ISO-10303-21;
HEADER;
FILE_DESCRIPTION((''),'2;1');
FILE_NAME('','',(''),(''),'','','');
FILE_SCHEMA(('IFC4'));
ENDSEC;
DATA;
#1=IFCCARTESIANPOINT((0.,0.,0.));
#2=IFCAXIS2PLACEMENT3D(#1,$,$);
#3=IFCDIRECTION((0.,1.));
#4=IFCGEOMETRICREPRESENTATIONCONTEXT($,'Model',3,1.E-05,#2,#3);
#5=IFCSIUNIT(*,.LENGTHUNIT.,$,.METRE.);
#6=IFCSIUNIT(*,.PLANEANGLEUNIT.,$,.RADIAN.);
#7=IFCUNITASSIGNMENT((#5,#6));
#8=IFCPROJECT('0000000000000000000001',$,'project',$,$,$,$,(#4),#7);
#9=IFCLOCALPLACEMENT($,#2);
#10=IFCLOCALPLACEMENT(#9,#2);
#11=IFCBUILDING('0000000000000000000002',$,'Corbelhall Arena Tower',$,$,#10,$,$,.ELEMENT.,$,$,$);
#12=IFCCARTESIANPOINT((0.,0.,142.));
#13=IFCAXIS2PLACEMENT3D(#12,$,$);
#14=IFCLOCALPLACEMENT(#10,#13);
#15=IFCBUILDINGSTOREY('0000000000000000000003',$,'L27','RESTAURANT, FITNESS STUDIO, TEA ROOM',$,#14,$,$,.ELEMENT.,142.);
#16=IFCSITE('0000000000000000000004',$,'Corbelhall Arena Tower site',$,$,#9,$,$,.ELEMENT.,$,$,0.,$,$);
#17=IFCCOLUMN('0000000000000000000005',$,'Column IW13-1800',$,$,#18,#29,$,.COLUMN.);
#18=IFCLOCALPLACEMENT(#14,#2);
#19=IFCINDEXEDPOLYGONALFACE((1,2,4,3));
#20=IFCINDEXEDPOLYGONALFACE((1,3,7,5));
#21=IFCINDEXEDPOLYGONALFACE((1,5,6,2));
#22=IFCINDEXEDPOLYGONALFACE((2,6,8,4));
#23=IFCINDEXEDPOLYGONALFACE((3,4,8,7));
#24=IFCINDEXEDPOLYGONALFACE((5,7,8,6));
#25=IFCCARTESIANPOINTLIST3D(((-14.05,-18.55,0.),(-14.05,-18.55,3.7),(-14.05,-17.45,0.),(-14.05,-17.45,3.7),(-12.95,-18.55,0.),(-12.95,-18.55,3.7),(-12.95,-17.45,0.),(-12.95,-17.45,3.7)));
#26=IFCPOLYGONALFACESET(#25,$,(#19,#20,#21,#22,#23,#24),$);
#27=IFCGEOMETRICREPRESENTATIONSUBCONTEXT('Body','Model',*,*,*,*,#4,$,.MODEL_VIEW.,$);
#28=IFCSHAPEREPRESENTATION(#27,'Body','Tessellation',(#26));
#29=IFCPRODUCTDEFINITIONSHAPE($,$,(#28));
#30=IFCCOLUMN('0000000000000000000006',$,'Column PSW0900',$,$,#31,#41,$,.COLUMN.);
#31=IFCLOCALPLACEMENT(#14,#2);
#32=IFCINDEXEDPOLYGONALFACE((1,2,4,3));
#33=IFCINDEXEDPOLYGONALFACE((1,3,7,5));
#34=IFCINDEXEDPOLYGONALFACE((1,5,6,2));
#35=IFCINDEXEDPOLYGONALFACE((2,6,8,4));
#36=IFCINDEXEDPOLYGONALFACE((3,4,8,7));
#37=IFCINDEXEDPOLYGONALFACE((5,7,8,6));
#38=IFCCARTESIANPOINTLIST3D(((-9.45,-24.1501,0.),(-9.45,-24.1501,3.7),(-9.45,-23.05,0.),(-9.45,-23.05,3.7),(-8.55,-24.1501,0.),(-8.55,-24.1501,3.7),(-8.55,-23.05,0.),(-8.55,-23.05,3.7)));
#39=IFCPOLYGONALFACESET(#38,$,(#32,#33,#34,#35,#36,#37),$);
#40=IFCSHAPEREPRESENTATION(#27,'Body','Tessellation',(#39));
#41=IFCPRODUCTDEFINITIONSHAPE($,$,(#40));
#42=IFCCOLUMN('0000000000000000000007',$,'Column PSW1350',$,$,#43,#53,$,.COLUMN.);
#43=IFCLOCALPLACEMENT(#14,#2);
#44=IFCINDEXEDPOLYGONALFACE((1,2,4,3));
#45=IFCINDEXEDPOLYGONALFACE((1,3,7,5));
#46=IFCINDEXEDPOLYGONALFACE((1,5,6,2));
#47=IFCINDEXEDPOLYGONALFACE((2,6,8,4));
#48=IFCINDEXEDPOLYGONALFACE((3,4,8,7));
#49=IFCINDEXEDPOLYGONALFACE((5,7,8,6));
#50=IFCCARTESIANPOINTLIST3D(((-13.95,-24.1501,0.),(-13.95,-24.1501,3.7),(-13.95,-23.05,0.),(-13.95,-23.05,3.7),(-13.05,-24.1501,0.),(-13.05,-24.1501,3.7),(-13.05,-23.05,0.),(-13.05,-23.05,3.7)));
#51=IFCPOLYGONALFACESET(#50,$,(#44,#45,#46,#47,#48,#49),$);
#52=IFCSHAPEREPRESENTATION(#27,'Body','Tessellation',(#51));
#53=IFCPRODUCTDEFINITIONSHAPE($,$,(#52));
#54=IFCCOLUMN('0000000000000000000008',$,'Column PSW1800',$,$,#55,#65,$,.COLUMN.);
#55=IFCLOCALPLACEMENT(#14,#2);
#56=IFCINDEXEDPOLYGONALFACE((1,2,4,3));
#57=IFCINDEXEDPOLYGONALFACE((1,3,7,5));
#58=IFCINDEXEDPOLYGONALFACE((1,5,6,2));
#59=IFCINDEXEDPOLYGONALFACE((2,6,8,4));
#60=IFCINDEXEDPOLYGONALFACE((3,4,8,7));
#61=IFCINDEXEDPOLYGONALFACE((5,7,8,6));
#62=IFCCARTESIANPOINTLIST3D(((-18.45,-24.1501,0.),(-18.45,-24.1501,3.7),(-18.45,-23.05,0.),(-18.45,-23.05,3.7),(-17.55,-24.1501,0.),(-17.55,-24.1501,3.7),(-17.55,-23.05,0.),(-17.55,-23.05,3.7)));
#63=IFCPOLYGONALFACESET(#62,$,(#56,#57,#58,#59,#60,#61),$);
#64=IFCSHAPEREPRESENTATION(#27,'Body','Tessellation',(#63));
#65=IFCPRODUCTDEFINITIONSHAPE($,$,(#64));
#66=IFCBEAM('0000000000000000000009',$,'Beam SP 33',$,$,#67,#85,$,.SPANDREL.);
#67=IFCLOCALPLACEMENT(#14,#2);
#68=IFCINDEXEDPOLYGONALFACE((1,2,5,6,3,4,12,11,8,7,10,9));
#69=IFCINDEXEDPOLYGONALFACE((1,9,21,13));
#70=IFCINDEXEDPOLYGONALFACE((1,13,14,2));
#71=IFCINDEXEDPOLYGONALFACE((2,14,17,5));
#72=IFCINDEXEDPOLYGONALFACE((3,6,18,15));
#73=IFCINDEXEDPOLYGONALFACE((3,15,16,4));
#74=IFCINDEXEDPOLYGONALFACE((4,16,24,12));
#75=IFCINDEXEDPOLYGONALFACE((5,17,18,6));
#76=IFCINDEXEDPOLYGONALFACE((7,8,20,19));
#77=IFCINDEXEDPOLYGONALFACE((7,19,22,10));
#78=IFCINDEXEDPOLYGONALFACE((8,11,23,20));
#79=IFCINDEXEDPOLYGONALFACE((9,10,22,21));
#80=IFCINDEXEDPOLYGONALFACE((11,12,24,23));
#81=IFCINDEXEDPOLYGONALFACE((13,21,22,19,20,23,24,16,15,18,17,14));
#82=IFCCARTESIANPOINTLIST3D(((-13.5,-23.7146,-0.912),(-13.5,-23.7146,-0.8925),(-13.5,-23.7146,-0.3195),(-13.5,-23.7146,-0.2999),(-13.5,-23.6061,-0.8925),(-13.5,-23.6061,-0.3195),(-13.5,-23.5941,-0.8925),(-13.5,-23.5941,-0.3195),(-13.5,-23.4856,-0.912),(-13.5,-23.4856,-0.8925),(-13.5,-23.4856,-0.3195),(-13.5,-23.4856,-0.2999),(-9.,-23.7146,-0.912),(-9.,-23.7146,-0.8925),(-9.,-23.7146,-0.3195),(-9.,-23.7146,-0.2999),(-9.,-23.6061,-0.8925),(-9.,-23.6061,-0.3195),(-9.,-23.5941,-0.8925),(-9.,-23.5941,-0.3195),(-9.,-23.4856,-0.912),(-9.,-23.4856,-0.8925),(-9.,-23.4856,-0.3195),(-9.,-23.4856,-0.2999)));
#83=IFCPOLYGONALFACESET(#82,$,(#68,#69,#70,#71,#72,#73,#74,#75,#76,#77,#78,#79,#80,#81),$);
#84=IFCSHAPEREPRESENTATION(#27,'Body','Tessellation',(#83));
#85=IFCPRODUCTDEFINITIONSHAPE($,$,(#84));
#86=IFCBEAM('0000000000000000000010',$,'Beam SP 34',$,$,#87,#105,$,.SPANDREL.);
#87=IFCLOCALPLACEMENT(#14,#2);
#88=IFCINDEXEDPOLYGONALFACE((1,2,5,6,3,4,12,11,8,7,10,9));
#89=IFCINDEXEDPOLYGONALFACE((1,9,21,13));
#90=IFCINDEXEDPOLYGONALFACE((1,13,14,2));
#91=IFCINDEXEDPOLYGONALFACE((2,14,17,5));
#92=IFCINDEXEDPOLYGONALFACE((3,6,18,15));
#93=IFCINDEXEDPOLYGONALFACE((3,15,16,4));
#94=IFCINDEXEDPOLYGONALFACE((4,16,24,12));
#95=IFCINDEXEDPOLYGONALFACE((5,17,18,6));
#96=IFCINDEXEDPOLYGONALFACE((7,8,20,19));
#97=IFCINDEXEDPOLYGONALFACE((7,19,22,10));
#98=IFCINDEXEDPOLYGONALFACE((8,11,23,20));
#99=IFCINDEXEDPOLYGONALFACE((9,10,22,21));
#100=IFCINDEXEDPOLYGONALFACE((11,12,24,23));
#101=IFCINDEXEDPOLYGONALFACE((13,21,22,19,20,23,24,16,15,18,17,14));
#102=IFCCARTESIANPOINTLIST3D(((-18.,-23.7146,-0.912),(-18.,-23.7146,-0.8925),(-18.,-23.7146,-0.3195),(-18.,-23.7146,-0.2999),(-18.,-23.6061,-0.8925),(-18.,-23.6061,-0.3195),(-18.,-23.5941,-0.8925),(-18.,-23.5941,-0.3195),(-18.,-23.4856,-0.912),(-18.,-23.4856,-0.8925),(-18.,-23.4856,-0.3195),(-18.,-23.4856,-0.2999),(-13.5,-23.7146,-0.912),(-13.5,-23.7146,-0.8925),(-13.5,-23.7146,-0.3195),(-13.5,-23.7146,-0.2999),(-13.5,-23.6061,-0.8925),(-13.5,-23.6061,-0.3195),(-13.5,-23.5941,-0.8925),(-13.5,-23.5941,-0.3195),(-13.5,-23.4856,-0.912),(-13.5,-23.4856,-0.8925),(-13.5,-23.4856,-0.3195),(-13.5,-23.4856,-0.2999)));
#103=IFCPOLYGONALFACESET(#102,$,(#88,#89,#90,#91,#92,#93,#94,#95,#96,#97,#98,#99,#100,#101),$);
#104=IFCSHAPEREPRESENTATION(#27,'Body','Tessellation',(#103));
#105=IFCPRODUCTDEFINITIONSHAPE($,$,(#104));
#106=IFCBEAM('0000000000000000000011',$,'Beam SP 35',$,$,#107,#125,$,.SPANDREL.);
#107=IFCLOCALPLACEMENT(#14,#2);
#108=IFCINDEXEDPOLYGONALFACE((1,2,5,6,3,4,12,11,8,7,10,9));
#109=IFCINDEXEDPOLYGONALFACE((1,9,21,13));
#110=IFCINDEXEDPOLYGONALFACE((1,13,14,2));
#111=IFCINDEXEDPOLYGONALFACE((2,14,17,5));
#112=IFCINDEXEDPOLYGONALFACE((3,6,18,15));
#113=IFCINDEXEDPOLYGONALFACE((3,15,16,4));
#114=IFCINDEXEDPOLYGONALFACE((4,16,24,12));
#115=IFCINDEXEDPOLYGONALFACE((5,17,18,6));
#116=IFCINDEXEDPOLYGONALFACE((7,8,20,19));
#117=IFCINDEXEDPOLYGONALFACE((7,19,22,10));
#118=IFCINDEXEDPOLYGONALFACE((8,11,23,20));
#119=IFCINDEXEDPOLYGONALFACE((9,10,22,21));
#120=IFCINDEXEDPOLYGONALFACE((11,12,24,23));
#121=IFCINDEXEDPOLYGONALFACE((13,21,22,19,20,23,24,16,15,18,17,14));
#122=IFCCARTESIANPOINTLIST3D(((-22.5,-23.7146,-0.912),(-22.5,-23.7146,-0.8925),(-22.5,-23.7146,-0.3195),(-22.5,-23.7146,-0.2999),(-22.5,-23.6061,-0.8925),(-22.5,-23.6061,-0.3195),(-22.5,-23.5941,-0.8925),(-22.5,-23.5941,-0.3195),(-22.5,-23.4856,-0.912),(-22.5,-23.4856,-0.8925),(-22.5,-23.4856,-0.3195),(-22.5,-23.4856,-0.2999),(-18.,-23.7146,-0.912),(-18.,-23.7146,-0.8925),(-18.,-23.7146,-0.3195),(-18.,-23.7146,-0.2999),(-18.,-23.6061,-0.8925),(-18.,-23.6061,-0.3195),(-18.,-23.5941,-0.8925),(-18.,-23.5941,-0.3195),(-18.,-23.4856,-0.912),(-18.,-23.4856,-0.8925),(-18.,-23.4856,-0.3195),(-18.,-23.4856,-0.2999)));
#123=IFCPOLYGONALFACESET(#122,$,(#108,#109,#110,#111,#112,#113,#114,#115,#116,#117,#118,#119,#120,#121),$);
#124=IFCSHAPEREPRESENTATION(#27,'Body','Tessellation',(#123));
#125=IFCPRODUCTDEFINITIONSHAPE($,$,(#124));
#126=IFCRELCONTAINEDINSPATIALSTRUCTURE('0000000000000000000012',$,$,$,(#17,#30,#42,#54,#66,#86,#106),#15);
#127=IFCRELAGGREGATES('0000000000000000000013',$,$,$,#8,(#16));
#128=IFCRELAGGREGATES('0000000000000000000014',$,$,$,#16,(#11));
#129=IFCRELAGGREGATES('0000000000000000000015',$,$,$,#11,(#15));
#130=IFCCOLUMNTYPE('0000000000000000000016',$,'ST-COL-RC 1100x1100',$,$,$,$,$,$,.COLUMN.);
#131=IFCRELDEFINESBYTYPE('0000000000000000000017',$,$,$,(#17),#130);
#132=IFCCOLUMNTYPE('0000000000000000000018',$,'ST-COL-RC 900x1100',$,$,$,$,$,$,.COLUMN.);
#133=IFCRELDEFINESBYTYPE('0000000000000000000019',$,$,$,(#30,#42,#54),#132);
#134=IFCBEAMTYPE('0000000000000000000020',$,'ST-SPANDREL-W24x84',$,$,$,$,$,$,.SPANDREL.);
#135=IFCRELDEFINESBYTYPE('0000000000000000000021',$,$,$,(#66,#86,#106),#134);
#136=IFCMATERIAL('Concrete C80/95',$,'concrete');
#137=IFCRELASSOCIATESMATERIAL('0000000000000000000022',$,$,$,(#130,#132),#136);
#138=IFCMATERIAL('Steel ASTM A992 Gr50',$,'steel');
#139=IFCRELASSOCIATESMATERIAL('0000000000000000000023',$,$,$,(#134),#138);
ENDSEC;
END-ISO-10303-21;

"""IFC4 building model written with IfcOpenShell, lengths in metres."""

from ifc_helpers import new_model, si_unit, direction, frame, origin, origin_2d, place, context, subcontext, project, spatial, rectangle, i_section, extrude, material, material_profile, profile_set, type_object, element, save


model = new_model("IFC4")

# Units and contexts
model_context = context("Model", 3, precision=1e-05, world=origin(), true_north=direction((0.0, 1.0)))
body_context = subcontext(model_context, "Body", "Model", "MODEL_VIEW")
ifc_project = project(units=[si_unit("LENGTHUNIT", "METRE"), si_unit("PLANEANGLEUNIT", "RADIAN")], contexts=[model_context])

# Site, building, storey
site_placement = place(None, origin())
site = spatial("IfcSite", under=ifc_project, at=site_placement, Name="Corbelhall Arena Tower site", CompositionType="ELEMENT", RefElevation=0.0)
building_placement = place(site_placement, origin())
building = spatial("IfcBuilding", under=site, at=building_placement, Name="Corbelhall Arena Tower", CompositionType="ELEMENT")
storey_placement = place(building_placement, frame((0.0, 0.0, 142.0)))
storey = spatial("IfcBuildingStorey", under=building, at=storey_placement, Name="L27", Description="RESTAURANT, FITNESS STUDIO, TEA ROOM", CompositionType="ELEMENT", Elevation=142.0)

# Columns
ifc_material_1 = material(Name="Concrete C80/95", Category="concrete")
ifc_material_profile_1 = material_profile(ifc_material_1, rectangle(XDim=1.1001, YDim=1.1001, at=origin_2d()))
ifc_profile_set_1 = profile_set([ifc_material_profile_1], Name="Concrete C80/95")
column_type_1 = type_object("IfcColumnType", Name="ST-COL-RC 1100x1100", PredefinedType="COLUMN", material=ifc_profile_set_1)
column_placement = place(storey_placement, frame((-13.5, -18.0, 0.0), z_axis=(0.0, 0.0, 1.0), x_axis=(1.0, 0.0, 0.0)))
element("IfcColumn", 1, at=column_placement, inside=storey, type_object=column_type_1, Name="Column IW13-1800", PredefinedType="COLUMN", context=body_context, shape_type="SweptSolid", body=[
    extrude(rectangle(XDim=1.1001, YDim=1.1001, at=origin_2d()), origin(), (0.0, 0.0, 1.0), 3.7),
])
ifc_material_profile_2 = material_profile(ifc_material_1, rectangle(XDim=0.8999, YDim=1.1001, at=origin_2d()))
ifc_profile_set_2 = profile_set([ifc_material_profile_2], Name="Concrete C80/95")
column_type_2 = type_object("IfcColumnType", Name="ST-COL-RC 900x1100", PredefinedType="COLUMN", material=ifc_profile_set_2)
for number, where, z_axis, x_axis, name in (
    (2, (-9.0, -23.6001, 0.0), (0.0, 0.0, 1.0), (1.0, 0.0, 0.0), "Column PSW0900"),
    (3, (-13.5, -23.6001, 0.0), (0.0, 0.0, 1.0), (1.0, 0.0, 0.0), "Column PSW1350"),
    (4, (-18.0, -23.6001, 0.0), (0.0, 0.0, 1.0), (1.0, 0.0, 0.0), "Column PSW1800"),
):
    element("IfcColumn", number, at=place(storey_placement, frame(where, z_axis=z_axis, x_axis=x_axis)), inside=storey, type_object=column_type_2, Name=name, PredefinedType="COLUMN", context=body_context, shape_type="SweptSolid", body=[
        extrude(rectangle(XDim=0.8999, YDim=1.1001, at=origin_2d()), origin(), (0.0, 0.0, 1.0), 3.7),
    ])

# Beams
ifc_material_2 = material(Name="Steel ASTM A992 Gr50", Category="steel")
ifc_material_profile_3 = material_profile(ifc_material_2, i_section(OverallWidth=0.229, OverallDepth=0.6121, WebThickness=0.012, FlangeThickness=0.0195, at=origin_2d()))
ifc_profile_set_3 = profile_set([ifc_material_profile_3], Name="Steel ASTM A992 Gr50")
beam_type = type_object("IfcBeamType", Name="ST-SPANDREL-W24x84", PredefinedType="SPANDREL", material=ifc_profile_set_3)
for number, where, z_axis, x_axis, name in (
    (5, (-9.0, -23.6001, -0.606), (-1.0, 0.0, 0.0), (0.0, -1.0, 0.0), "Beam SP 33"),
    (6, (-13.5, -23.6001, -0.606), (-1.0, 0.0, 0.0), (0.0, -1.0, 0.0), "Beam SP 34"),
    (7, (-18.0, -23.6001, -0.606), (-1.0, 0.0, 0.0), (0.0, -1.0, 0.0), "Beam SP 35"),
):
    element("IfcBeam", number, at=place(storey_placement, frame(where, z_axis=z_axis, x_axis=x_axis)), inside=storey, type_object=beam_type, Name=name, PredefinedType="SPANDREL", context=body_context, shape_type="SweptSolid", body=[
        extrude(i_section(OverallWidth=0.229, OverallDepth=0.6121, WebThickness=0.012, FlangeThickness=0.0195, at=origin_2d()), origin(), (0.0, 0.0, 1.0), 4.5),
    ])

save(model, "model.ifc")
